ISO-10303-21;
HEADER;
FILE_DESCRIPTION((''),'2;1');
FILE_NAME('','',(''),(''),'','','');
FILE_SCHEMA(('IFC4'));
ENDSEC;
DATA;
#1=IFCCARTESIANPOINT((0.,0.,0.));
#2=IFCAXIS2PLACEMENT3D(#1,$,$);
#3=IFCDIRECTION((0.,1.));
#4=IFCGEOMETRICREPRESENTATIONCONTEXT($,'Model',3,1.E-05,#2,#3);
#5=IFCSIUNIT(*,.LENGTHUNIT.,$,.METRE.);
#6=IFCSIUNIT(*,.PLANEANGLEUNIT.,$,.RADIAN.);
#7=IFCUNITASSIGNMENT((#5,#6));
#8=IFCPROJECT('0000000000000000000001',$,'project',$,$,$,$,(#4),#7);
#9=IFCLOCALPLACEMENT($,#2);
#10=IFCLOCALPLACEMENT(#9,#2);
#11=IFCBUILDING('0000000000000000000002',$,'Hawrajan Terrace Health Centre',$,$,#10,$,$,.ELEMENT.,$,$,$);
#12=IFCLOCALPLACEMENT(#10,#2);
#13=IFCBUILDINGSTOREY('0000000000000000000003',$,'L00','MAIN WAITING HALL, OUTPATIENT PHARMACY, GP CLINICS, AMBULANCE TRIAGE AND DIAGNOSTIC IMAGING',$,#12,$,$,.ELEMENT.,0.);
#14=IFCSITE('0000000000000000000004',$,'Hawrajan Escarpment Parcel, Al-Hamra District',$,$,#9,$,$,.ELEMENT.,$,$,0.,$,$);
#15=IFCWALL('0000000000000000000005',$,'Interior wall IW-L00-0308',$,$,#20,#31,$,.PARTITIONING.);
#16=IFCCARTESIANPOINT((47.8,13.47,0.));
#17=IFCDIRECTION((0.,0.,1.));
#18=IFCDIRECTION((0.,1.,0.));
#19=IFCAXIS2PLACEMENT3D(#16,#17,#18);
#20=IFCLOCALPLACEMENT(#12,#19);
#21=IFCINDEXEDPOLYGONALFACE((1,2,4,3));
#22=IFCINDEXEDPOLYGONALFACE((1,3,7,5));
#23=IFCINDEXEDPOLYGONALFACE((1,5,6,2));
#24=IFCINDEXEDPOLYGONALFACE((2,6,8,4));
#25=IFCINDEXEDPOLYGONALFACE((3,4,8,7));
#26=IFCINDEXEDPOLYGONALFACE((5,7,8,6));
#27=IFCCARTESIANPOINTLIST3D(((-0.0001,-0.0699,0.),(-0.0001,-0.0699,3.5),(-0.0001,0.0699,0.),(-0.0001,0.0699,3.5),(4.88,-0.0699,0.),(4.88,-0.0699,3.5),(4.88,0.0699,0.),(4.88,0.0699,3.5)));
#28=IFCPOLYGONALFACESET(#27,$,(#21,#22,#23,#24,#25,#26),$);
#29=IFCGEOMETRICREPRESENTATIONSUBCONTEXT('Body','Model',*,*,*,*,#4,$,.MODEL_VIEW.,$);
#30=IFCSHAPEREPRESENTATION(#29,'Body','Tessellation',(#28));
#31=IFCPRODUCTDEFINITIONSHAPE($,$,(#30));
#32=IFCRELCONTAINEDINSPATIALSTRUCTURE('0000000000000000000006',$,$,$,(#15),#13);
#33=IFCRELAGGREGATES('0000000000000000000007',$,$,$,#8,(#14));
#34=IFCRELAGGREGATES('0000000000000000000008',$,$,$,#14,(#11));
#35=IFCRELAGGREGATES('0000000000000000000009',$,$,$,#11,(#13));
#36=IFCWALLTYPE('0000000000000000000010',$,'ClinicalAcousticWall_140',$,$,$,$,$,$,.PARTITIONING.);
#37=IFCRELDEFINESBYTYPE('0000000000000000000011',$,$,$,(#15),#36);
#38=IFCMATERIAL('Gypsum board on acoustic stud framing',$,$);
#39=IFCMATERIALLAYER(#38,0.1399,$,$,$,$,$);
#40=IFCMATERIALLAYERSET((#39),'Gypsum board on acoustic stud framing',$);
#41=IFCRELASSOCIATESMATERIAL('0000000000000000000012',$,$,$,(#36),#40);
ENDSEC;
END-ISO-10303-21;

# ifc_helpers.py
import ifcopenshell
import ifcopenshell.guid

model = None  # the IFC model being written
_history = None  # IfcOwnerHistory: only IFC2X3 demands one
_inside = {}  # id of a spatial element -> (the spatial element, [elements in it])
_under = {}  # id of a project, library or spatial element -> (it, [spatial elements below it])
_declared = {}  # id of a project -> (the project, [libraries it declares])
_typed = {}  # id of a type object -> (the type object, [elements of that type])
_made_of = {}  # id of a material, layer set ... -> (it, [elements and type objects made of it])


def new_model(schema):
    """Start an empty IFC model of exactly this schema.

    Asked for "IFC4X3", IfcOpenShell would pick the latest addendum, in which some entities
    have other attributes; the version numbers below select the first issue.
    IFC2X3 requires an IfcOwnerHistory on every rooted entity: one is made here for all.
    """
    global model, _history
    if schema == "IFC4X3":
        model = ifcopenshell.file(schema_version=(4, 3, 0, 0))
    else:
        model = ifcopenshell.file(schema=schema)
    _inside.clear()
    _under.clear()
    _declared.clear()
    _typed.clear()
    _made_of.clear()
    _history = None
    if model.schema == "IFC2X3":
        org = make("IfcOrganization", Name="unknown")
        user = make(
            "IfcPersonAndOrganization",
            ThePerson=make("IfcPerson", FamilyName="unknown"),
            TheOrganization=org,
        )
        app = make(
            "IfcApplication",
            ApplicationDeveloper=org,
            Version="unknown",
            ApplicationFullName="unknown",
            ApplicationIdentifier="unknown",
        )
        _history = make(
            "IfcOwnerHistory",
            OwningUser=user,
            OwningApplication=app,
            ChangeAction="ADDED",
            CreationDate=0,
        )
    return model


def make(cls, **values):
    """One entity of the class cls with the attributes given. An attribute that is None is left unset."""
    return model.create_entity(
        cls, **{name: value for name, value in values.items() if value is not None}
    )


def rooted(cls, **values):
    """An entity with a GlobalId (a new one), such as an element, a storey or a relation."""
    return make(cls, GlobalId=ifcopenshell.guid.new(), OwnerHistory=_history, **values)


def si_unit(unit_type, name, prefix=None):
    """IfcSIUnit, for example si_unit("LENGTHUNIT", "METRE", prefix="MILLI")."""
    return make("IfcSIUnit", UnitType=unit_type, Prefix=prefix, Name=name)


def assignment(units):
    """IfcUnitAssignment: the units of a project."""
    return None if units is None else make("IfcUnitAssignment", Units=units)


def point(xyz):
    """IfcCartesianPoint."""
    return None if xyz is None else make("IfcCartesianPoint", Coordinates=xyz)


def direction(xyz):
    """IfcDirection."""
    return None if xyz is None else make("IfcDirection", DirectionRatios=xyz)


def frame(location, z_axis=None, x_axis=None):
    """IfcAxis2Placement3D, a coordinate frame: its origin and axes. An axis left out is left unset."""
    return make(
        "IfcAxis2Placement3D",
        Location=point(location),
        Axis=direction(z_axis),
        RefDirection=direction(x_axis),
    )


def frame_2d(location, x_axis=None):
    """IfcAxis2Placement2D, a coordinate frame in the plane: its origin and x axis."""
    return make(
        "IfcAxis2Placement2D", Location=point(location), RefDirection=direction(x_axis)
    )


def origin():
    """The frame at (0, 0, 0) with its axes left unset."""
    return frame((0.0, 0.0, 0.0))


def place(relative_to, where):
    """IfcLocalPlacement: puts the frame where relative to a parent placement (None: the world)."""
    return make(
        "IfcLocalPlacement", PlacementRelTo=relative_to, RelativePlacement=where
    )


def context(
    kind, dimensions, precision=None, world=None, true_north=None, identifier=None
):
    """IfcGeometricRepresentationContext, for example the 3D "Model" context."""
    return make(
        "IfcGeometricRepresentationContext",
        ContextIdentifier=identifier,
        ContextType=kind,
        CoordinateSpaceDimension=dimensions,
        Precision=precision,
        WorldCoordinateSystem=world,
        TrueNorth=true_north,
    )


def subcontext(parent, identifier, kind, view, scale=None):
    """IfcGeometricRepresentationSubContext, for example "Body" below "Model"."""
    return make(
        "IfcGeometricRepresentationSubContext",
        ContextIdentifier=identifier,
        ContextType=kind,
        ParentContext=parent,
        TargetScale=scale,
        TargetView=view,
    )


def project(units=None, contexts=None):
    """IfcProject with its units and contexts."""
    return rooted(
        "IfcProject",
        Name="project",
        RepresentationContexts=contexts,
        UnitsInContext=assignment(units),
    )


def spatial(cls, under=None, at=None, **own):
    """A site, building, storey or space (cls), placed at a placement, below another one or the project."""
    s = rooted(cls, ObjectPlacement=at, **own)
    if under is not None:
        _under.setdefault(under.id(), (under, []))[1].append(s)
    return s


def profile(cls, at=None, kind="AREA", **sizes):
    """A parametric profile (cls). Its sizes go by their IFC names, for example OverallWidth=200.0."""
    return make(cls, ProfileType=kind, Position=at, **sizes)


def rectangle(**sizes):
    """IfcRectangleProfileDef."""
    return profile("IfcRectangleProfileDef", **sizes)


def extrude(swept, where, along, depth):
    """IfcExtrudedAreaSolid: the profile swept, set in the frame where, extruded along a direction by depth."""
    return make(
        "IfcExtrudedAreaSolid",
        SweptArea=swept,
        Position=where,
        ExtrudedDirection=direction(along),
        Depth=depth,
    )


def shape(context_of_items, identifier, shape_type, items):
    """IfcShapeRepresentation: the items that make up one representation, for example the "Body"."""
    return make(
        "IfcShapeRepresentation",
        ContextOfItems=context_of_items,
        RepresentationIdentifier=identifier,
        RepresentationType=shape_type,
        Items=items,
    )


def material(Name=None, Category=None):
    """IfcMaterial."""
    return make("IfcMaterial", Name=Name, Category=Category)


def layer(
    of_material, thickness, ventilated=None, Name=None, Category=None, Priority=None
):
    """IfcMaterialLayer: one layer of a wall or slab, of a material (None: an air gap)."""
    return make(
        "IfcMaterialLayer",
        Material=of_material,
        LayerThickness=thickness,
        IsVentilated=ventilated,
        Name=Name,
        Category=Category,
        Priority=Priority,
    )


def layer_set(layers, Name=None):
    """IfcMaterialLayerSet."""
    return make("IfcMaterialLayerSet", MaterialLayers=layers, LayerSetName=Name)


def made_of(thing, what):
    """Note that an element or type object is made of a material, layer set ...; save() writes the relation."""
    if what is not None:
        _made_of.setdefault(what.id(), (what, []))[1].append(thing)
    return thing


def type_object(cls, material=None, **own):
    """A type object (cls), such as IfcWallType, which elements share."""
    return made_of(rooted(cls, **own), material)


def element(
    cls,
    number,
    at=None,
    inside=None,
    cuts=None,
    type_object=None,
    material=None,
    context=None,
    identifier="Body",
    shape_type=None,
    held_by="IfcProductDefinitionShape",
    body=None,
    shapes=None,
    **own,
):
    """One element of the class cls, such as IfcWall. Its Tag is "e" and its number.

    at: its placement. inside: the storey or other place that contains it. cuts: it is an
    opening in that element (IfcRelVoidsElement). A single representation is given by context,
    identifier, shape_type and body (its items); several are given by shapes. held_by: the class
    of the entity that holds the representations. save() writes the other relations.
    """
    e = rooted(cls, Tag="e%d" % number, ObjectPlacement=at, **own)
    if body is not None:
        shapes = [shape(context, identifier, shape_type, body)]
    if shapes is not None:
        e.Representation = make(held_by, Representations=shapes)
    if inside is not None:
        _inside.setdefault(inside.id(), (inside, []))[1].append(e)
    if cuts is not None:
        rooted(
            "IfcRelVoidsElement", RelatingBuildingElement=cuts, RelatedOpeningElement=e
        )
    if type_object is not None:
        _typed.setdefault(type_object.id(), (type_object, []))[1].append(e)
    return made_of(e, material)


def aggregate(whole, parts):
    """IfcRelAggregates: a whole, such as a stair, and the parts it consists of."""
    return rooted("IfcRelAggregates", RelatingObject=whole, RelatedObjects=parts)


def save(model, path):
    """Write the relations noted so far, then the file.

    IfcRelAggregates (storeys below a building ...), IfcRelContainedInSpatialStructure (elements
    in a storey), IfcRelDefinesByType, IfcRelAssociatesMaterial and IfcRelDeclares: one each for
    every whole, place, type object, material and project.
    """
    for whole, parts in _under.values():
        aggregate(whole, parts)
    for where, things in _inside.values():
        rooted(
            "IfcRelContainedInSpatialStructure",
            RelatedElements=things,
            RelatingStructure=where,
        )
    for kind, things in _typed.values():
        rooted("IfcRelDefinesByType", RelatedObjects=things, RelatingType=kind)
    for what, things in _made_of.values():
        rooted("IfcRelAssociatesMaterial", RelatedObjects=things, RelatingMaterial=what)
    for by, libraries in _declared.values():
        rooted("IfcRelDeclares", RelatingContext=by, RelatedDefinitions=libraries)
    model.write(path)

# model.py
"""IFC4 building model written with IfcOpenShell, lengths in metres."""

from ifc_helpers import new_model, si_unit, direction, frame, frame_2d, origin, place, context, subcontext, project, spatial, rectangle, extrude, material, layer, layer_set, type_object, element, save


model = new_model("IFC4")

# Units and contexts
model_context = context("Model", 3, precision=1e-05, world=origin(), true_north=direction((0.0, 1.0)))
body_context = subcontext(model_context, "Body", "Model", "MODEL_VIEW")
ifc_project = project(units=[si_unit("LENGTHUNIT", "METRE"), si_unit("PLANEANGLEUNIT", "RADIAN")], contexts=[model_context])

# Site, building, storey
site_placement = place(None, origin())
site = spatial("IfcSite", under=ifc_project, at=site_placement, Name="Hawrajan Escarpment Parcel, Al-Hamra District", CompositionType="ELEMENT", RefElevation=0.0)
building_placement = place(site_placement, origin())
building = spatial("IfcBuilding", under=site, at=building_placement, Name="Hawrajan Terrace Health Centre", CompositionType="ELEMENT")
storey_placement = place(building_placement, origin())
storey = spatial("IfcBuildingStorey", under=building, at=storey_placement, Name="L00", Description="MAIN WAITING HALL, OUTPATIENT PHARMACY, GP CLINICS, AMBULANCE TRIAGE AND DIAGNOSTIC IMAGING", CompositionType="ELEMENT", Elevation=0.0)

# Wall
ifc_material_1 = material(Name="Gypsum board on acoustic stud framing")
ifc_layer_1 = layer(ifc_material_1, 0.1399)
ifc_layer_set_1 = layer_set([ifc_layer_1], Name="Gypsum board on acoustic stud framing")
wall_type = type_object("IfcWallType", Name="ClinicalAcousticWall_140", PredefinedType="PARTITIONING", material=ifc_layer_set_1)
wall_1_placement = place(storey_placement, frame((47.8, 13.47, 0.0), z_axis=(0.0, 0.0, 1.0), x_axis=(0.0, 1.0, 0.0)))
element("IfcWall", 1, at=wall_1_placement, inside=storey, type_object=wall_type, Name="Interior wall IW-L00-0308", PredefinedType="PARTITIONING", context=body_context, shape_type="SweptSolid", body=[
    extrude(rectangle(XDim=4.8801, YDim=0.1399, at=frame_2d((2.4399, 0.0))), origin(), (0.0, 0.0, 1.0), 3.5),
])

save(model, "model.ifc")
